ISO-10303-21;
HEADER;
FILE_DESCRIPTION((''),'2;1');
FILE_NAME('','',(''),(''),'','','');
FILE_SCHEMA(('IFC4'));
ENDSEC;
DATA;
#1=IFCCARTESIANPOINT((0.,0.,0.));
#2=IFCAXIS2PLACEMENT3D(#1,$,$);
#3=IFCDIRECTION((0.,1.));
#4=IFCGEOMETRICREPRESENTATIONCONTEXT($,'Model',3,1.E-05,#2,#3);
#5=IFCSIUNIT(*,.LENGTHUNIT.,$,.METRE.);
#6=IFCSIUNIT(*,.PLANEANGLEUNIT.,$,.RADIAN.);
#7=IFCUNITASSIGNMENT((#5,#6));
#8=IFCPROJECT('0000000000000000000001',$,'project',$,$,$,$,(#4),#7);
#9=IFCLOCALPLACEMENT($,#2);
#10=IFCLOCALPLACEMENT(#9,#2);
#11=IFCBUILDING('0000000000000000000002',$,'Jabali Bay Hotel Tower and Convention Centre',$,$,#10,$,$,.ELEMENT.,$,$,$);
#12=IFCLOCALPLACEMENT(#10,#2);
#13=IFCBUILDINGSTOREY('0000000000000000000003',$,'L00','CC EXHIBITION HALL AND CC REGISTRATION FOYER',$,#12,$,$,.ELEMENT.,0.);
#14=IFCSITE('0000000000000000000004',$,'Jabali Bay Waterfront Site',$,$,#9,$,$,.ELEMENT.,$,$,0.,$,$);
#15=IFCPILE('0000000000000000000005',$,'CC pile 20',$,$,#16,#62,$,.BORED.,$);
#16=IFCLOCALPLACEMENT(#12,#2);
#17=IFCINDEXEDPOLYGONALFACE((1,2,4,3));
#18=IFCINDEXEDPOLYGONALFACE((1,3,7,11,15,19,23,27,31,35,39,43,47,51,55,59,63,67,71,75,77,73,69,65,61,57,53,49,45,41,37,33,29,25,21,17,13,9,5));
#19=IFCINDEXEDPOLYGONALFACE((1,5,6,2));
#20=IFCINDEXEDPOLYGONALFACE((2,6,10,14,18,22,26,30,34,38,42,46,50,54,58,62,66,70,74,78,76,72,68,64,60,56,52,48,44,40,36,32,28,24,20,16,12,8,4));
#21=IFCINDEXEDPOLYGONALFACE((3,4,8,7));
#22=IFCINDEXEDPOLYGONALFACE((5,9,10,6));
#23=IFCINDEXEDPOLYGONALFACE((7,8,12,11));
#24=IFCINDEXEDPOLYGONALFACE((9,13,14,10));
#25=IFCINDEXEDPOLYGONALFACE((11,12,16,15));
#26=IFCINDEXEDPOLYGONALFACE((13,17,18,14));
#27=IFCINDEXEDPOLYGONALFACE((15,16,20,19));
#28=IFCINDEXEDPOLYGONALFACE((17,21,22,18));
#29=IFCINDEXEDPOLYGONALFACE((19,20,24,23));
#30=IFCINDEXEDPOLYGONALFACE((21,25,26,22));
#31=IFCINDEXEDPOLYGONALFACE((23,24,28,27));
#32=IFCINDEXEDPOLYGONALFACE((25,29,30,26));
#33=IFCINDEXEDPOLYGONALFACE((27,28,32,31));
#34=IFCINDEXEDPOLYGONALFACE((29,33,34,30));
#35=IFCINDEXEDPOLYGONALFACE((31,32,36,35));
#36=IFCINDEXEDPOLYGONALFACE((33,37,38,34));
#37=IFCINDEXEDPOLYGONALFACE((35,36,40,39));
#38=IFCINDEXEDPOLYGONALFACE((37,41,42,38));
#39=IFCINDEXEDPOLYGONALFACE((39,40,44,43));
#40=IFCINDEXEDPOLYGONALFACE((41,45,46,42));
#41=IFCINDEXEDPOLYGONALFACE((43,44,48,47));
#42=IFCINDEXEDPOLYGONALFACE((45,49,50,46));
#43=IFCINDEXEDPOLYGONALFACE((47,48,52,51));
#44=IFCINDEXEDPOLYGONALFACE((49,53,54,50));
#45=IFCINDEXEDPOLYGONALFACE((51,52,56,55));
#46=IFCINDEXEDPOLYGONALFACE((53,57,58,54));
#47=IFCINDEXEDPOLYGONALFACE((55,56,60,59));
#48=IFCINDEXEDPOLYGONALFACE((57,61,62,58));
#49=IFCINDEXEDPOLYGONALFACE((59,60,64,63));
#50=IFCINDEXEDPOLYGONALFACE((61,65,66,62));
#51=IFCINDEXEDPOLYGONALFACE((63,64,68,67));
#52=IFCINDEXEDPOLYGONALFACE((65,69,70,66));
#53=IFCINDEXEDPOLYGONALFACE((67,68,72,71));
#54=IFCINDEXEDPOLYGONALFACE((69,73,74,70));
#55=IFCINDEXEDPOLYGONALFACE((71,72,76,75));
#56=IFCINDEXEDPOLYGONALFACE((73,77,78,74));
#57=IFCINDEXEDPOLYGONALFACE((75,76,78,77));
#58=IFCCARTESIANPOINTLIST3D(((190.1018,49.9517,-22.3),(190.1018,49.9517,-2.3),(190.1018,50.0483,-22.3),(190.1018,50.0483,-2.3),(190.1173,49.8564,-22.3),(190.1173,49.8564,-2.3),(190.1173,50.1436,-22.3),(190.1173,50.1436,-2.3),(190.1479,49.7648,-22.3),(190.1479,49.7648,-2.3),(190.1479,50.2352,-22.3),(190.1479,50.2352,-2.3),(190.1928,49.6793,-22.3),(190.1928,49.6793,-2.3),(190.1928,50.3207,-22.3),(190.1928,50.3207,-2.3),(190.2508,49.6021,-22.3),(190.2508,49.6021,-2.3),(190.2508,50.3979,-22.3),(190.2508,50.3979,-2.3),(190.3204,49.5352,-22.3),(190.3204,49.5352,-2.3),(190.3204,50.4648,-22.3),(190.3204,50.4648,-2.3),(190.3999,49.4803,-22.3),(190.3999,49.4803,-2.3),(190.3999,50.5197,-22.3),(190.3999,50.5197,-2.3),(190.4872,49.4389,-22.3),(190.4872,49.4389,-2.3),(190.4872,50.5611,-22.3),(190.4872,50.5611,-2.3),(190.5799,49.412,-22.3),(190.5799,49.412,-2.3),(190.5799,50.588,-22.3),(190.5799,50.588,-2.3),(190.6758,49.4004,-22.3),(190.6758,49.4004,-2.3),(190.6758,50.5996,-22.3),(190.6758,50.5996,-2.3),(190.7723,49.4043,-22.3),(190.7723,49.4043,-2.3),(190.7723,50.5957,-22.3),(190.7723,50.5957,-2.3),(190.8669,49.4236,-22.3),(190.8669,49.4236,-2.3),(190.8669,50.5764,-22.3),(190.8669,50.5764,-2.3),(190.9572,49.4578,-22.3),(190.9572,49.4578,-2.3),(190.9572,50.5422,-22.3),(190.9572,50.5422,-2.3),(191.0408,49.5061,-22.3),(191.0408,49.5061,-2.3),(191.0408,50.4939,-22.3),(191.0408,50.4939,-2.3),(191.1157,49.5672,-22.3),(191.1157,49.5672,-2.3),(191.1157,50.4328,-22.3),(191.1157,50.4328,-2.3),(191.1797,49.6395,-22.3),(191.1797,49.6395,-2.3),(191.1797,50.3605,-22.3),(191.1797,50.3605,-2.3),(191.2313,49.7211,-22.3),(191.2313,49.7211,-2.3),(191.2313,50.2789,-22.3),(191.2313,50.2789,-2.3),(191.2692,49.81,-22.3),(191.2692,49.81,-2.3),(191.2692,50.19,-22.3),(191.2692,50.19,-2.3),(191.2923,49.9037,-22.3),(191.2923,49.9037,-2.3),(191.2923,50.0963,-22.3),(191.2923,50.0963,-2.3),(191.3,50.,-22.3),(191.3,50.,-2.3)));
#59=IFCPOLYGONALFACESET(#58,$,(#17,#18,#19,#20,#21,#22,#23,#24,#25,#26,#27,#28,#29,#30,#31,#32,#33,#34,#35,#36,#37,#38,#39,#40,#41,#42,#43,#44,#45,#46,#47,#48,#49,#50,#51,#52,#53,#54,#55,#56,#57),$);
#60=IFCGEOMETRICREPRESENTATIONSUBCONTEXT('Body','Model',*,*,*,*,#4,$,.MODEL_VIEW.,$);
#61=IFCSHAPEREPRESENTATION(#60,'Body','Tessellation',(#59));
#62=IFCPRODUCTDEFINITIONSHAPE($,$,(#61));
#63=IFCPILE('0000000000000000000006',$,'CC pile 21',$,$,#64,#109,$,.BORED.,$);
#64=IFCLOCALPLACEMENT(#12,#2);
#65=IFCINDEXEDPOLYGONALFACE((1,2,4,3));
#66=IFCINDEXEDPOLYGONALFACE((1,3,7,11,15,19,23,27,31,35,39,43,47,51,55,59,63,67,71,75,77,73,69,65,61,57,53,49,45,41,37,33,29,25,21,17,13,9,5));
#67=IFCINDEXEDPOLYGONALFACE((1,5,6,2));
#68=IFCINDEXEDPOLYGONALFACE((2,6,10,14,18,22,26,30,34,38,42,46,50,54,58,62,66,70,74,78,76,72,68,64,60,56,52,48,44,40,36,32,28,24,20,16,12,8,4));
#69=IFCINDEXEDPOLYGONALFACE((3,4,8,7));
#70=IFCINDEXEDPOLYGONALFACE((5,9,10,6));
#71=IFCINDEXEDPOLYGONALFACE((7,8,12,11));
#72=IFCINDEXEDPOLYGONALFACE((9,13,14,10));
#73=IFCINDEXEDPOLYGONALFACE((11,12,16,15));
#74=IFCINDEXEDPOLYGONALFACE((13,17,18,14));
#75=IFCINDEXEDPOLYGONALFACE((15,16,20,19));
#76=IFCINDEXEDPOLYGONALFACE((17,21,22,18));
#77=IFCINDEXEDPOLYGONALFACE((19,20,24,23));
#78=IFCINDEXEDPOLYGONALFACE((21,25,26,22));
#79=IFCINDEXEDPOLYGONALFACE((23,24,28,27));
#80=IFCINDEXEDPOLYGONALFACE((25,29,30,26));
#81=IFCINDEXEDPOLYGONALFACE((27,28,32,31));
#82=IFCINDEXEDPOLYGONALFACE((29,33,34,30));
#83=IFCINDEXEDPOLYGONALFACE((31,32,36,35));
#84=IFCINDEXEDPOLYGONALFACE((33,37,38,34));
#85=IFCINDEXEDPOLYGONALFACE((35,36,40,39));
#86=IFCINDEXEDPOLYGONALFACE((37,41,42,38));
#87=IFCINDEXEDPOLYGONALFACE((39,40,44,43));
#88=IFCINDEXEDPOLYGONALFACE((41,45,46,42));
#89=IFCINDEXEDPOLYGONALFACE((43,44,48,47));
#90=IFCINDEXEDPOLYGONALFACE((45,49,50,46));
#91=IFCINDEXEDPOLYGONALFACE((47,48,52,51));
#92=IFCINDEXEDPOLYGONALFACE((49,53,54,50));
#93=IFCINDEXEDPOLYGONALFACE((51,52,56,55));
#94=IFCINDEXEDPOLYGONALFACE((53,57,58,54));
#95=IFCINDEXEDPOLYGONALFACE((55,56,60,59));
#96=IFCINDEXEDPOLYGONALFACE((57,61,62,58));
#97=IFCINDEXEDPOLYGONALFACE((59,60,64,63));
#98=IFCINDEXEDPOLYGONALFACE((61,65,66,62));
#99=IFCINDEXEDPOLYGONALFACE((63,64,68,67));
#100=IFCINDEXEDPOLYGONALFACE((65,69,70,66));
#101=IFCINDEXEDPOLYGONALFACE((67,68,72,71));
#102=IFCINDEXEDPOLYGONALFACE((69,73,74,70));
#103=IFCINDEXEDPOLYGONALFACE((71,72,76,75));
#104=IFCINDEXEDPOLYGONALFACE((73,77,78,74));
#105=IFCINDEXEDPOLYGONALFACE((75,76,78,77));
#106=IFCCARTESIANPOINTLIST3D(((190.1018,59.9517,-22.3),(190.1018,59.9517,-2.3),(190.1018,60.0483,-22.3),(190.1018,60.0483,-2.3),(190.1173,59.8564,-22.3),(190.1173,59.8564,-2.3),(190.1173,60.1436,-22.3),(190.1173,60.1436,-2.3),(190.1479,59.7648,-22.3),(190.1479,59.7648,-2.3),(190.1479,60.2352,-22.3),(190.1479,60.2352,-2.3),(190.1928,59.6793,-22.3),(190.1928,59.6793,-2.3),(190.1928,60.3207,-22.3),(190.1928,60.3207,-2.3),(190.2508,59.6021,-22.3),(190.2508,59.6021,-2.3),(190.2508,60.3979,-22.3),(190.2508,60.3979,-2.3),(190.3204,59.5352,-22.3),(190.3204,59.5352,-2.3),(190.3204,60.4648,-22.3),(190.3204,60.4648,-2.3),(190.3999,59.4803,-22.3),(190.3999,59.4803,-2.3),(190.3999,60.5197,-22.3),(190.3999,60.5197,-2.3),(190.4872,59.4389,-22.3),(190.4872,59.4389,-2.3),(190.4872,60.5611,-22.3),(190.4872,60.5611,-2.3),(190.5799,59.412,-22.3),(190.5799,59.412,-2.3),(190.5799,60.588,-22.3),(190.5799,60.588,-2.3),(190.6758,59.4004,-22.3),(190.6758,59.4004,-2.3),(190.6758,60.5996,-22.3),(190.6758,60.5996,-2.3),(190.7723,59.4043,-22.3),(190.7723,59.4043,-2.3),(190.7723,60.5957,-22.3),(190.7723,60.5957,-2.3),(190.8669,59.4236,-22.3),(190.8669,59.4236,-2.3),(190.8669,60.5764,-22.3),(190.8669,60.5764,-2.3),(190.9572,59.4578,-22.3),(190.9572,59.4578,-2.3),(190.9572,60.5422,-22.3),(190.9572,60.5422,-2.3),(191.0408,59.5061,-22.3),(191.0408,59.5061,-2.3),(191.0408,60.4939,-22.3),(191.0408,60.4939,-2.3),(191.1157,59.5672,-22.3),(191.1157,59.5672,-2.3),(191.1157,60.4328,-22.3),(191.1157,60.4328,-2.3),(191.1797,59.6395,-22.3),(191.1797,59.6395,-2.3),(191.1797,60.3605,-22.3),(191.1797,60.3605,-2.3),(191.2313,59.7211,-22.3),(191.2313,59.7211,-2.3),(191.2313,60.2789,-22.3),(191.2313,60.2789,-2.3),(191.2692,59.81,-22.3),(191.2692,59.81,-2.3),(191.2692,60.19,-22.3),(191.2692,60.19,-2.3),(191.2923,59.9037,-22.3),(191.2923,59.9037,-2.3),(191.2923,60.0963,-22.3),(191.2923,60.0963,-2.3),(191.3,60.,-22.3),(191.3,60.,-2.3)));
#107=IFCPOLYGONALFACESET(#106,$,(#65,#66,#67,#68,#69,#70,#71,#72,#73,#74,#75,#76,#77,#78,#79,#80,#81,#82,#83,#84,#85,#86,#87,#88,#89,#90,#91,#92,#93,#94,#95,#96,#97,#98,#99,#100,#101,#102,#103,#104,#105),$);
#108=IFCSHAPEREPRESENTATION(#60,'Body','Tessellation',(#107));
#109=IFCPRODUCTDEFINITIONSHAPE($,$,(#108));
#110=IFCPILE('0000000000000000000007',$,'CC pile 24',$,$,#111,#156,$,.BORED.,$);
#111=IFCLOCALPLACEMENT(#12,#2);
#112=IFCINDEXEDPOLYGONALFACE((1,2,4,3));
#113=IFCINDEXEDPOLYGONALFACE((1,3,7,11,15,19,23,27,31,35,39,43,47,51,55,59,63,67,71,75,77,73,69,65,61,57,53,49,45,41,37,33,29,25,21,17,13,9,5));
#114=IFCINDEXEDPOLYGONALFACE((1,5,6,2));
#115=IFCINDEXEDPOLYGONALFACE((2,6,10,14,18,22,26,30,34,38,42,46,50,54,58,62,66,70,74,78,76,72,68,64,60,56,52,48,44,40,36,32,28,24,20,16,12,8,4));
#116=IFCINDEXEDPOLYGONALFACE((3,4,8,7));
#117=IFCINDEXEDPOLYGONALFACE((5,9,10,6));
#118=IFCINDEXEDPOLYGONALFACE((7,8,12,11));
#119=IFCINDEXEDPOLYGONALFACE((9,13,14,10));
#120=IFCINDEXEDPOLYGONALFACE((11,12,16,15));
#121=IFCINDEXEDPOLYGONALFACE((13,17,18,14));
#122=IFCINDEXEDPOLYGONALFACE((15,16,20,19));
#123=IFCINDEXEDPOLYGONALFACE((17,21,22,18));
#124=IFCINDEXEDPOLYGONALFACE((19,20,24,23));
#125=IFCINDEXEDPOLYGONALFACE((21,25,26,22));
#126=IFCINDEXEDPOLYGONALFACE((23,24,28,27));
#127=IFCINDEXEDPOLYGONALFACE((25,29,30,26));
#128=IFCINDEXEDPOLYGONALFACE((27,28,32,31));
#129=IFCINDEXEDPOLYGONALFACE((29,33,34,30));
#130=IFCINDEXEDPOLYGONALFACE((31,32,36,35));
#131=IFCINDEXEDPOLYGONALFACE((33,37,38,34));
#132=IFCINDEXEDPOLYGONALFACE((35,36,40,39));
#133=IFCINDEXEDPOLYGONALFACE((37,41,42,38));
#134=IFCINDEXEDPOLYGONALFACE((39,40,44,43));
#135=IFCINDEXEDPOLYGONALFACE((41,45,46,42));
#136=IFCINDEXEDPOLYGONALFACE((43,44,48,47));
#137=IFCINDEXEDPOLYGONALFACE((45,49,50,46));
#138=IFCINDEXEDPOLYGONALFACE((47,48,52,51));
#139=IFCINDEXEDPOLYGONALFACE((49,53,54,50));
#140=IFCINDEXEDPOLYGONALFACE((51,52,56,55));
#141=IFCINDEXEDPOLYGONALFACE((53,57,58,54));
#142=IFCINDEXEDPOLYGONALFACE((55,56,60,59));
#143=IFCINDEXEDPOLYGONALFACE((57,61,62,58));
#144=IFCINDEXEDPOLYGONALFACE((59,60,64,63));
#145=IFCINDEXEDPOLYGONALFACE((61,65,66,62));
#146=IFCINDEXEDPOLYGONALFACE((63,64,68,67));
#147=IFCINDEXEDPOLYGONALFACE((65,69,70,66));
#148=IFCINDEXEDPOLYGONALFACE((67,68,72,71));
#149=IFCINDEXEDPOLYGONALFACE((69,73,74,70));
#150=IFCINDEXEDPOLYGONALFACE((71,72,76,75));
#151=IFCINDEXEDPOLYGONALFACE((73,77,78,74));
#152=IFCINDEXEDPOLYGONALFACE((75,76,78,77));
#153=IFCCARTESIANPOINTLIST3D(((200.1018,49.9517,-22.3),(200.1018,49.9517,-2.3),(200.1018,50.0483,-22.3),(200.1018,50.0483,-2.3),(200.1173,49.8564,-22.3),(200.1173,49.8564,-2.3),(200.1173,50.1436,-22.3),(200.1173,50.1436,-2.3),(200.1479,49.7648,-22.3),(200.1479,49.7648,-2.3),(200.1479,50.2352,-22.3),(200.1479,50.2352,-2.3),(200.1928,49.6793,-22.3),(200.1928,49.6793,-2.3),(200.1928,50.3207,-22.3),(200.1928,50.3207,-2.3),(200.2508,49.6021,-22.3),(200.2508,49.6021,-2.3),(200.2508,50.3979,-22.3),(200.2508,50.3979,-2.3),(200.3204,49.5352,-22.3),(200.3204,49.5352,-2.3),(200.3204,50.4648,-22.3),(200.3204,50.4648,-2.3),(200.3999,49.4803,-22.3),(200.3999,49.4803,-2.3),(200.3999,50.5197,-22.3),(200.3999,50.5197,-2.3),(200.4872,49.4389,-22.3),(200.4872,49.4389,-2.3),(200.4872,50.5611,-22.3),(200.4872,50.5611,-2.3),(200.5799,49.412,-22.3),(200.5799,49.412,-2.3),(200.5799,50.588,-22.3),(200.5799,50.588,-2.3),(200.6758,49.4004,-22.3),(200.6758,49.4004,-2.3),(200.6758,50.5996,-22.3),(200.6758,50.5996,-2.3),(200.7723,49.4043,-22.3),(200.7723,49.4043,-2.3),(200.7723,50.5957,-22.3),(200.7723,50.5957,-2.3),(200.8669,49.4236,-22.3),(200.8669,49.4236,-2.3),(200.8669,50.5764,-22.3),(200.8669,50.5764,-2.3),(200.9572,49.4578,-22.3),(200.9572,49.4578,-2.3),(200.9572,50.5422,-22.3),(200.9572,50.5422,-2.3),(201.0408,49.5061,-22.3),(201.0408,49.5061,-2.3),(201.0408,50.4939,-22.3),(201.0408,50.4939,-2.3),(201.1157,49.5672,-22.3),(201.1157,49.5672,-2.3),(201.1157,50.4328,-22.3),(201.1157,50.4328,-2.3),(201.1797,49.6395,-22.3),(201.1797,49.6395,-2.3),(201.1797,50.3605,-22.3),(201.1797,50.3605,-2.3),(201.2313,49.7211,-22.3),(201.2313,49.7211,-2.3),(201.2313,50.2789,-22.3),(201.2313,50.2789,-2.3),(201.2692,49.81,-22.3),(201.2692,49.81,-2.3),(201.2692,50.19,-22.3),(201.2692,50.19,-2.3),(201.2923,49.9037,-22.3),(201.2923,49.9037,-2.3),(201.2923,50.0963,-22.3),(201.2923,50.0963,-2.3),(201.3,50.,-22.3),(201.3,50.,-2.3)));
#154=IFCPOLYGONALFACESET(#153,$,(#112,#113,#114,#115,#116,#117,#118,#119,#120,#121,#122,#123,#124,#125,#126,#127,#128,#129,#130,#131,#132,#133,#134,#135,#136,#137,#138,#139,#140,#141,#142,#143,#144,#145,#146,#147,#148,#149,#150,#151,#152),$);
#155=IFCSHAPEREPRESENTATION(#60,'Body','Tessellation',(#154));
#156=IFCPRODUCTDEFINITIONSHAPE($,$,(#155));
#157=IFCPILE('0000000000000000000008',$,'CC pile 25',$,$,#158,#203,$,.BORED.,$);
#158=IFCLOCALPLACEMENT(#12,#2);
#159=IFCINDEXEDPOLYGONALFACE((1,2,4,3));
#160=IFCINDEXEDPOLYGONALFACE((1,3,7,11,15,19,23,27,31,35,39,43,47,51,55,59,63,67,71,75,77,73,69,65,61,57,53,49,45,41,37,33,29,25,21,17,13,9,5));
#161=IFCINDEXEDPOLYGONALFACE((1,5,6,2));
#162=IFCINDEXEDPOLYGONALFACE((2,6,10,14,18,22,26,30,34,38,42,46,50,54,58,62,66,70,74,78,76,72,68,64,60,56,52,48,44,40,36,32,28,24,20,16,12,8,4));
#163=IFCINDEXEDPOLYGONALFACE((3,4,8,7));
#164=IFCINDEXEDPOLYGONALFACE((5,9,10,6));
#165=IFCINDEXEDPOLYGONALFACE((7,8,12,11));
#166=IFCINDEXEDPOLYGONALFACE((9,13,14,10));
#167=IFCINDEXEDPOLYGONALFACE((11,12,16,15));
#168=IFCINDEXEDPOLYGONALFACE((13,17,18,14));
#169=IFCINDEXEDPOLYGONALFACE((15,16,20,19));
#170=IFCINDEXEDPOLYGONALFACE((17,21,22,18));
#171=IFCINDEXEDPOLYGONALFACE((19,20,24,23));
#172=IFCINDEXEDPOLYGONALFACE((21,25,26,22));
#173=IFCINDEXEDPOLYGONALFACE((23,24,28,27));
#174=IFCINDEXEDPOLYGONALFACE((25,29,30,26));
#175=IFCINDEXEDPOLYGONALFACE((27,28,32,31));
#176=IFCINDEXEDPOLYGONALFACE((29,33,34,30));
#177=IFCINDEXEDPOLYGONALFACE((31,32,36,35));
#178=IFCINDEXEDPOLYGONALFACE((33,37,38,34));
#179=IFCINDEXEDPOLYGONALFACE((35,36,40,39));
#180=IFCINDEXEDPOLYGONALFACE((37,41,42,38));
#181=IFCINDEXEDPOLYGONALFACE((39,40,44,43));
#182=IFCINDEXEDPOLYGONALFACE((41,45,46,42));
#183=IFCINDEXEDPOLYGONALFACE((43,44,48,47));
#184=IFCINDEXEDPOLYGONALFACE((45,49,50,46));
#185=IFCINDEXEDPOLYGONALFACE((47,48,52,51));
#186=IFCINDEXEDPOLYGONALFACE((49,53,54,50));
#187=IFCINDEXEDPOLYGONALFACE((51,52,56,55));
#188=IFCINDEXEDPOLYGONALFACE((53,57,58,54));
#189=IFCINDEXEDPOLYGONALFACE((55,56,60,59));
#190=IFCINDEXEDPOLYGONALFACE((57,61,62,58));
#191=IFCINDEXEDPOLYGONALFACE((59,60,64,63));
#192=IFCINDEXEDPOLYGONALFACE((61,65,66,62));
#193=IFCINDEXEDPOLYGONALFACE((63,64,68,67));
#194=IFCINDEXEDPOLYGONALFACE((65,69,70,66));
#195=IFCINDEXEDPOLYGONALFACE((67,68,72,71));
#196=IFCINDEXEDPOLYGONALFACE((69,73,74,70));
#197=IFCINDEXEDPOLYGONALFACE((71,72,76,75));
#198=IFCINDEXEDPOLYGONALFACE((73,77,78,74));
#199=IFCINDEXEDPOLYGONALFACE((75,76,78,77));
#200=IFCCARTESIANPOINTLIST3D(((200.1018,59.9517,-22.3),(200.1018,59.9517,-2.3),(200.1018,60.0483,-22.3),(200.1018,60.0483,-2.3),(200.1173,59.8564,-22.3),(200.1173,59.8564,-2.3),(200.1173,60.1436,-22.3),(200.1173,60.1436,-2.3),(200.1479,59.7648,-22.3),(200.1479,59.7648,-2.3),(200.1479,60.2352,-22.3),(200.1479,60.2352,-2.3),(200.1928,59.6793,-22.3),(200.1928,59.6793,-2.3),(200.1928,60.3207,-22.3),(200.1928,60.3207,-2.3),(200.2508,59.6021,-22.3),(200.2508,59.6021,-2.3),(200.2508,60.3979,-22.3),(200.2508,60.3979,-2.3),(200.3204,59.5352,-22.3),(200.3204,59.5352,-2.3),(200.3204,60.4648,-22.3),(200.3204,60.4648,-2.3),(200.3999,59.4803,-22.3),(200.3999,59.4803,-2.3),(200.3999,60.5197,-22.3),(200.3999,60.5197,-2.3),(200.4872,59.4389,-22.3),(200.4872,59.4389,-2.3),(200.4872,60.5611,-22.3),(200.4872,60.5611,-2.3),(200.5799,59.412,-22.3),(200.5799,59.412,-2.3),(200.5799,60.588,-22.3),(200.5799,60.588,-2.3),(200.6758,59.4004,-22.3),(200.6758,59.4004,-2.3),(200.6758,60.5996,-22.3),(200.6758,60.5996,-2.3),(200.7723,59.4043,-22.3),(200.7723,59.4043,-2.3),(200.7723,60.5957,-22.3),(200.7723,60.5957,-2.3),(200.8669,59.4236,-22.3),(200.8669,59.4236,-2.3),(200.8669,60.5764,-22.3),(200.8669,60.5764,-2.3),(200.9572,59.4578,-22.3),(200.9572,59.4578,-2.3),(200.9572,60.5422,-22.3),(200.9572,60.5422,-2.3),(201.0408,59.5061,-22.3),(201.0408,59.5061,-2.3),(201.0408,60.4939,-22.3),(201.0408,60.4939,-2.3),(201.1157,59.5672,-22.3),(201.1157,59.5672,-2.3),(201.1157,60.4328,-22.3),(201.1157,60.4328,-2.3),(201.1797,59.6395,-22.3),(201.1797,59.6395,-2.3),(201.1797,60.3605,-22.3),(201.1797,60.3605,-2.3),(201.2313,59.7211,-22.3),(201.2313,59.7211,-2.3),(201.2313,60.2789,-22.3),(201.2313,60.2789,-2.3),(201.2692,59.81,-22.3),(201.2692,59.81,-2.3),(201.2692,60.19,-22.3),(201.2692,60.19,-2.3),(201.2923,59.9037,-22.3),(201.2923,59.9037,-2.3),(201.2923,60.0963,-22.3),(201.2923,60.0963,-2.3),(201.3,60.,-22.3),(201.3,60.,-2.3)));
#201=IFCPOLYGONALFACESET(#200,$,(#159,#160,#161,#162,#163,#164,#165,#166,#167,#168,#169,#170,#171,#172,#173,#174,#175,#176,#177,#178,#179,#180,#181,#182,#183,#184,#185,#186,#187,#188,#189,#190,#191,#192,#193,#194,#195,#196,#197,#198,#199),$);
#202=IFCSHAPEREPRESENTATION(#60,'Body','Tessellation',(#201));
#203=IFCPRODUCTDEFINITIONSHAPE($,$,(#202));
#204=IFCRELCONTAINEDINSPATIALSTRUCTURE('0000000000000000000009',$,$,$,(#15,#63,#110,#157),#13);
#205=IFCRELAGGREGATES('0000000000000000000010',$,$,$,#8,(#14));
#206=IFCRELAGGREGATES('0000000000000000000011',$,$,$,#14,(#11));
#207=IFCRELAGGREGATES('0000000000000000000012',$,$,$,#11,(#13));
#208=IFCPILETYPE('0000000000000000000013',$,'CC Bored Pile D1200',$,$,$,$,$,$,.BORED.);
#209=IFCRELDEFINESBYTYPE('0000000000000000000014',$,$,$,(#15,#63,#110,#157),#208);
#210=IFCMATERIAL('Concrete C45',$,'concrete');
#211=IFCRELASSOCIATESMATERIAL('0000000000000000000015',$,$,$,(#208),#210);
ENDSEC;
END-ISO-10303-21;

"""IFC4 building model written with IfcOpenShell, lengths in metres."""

from ifc_helpers import new_model, si_unit, direction, frame, origin, origin_2d, place, context, subcontext, project, spatial, circle, extrude, material, material_profile, profile_set, type_object, element, save


model = new_model("IFC4")

# Units and contexts
model_context = context("Model", 3, precision=1e-05, world=origin(), true_north=direction((0.0, 1.0)))
body_context = subcontext(model_context, "Body", "Model", "MODEL_VIEW")
ifc_project = project(units=[si_unit("LENGTHUNIT", "METRE"), si_unit("PLANEANGLEUNIT", "RADIAN")], contexts=[model_context])

# Site, building, storey
site_placement = place(None, origin())
site = spatial("IfcSite", under=ifc_project, at=site_placement, Name="Jabali Bay Waterfront Site", CompositionType="ELEMENT", RefElevation=0.0)
building_placement = place(site_placement, origin())
building = spatial("IfcBuilding", under=site, at=building_placement, Name="Jabali Bay Hotel Tower and Convention Centre", CompositionType="ELEMENT")
storey_placement = place(building_placement, origin())
storey = spatial("IfcBuildingStorey", under=building, at=storey_placement, Name="L00", Description="CC EXHIBITION HALL AND CC REGISTRATION FOYER", CompositionType="ELEMENT", Elevation=0.0)

# Piles
ifc_material_1 = material(Name="Concrete C45", Category="concrete")
ifc_material_profile_1 = material_profile(ifc_material_1, circle(Radius=0.6001, at=origin_2d()), Name="D1200")
ifc_profile_set_1 = profile_set([ifc_material_profile_1], Name="Concrete C45")
pile_type = type_object("IfcPileType", Name="CC Bored Pile D1200", PredefinedType="BORED", material=ifc_profile_set_1)
for number, where, z_axis, x_axis, name in (
    (1, (190.7, 50.0, -2.3), (0.0, 0.0, -1.0), (1.0, 0.0, 0.0), "CC pile 20"),
    (2, (190.7, 60.0, -2.3), (0.0, 0.0, -1.0), (1.0, 0.0, 0.0), "CC pile 21"),
    (3, (200.7, 50.0, -2.3), (0.0, 0.0, -1.0), (1.0, 0.0, 0.0), "CC pile 24"),
    (4, (200.7, 60.0, -2.3), (0.0, 0.0, -1.0), (1.0, 0.0, 0.0), "CC pile 25"),
):
    element("IfcPile", number, at=place(storey_placement, frame(where, z_axis=z_axis, x_axis=x_axis)), inside=storey, type_object=pile_type, Name=name, PredefinedType="BORED", context=body_context, shape_type="SweptSolid", body=[
        extrude(circle(Radius=0.6001, at=origin_2d()), origin(), (0.0, 0.0, 1.0), 20.0),
    ])

save(model, "model.ifc")
